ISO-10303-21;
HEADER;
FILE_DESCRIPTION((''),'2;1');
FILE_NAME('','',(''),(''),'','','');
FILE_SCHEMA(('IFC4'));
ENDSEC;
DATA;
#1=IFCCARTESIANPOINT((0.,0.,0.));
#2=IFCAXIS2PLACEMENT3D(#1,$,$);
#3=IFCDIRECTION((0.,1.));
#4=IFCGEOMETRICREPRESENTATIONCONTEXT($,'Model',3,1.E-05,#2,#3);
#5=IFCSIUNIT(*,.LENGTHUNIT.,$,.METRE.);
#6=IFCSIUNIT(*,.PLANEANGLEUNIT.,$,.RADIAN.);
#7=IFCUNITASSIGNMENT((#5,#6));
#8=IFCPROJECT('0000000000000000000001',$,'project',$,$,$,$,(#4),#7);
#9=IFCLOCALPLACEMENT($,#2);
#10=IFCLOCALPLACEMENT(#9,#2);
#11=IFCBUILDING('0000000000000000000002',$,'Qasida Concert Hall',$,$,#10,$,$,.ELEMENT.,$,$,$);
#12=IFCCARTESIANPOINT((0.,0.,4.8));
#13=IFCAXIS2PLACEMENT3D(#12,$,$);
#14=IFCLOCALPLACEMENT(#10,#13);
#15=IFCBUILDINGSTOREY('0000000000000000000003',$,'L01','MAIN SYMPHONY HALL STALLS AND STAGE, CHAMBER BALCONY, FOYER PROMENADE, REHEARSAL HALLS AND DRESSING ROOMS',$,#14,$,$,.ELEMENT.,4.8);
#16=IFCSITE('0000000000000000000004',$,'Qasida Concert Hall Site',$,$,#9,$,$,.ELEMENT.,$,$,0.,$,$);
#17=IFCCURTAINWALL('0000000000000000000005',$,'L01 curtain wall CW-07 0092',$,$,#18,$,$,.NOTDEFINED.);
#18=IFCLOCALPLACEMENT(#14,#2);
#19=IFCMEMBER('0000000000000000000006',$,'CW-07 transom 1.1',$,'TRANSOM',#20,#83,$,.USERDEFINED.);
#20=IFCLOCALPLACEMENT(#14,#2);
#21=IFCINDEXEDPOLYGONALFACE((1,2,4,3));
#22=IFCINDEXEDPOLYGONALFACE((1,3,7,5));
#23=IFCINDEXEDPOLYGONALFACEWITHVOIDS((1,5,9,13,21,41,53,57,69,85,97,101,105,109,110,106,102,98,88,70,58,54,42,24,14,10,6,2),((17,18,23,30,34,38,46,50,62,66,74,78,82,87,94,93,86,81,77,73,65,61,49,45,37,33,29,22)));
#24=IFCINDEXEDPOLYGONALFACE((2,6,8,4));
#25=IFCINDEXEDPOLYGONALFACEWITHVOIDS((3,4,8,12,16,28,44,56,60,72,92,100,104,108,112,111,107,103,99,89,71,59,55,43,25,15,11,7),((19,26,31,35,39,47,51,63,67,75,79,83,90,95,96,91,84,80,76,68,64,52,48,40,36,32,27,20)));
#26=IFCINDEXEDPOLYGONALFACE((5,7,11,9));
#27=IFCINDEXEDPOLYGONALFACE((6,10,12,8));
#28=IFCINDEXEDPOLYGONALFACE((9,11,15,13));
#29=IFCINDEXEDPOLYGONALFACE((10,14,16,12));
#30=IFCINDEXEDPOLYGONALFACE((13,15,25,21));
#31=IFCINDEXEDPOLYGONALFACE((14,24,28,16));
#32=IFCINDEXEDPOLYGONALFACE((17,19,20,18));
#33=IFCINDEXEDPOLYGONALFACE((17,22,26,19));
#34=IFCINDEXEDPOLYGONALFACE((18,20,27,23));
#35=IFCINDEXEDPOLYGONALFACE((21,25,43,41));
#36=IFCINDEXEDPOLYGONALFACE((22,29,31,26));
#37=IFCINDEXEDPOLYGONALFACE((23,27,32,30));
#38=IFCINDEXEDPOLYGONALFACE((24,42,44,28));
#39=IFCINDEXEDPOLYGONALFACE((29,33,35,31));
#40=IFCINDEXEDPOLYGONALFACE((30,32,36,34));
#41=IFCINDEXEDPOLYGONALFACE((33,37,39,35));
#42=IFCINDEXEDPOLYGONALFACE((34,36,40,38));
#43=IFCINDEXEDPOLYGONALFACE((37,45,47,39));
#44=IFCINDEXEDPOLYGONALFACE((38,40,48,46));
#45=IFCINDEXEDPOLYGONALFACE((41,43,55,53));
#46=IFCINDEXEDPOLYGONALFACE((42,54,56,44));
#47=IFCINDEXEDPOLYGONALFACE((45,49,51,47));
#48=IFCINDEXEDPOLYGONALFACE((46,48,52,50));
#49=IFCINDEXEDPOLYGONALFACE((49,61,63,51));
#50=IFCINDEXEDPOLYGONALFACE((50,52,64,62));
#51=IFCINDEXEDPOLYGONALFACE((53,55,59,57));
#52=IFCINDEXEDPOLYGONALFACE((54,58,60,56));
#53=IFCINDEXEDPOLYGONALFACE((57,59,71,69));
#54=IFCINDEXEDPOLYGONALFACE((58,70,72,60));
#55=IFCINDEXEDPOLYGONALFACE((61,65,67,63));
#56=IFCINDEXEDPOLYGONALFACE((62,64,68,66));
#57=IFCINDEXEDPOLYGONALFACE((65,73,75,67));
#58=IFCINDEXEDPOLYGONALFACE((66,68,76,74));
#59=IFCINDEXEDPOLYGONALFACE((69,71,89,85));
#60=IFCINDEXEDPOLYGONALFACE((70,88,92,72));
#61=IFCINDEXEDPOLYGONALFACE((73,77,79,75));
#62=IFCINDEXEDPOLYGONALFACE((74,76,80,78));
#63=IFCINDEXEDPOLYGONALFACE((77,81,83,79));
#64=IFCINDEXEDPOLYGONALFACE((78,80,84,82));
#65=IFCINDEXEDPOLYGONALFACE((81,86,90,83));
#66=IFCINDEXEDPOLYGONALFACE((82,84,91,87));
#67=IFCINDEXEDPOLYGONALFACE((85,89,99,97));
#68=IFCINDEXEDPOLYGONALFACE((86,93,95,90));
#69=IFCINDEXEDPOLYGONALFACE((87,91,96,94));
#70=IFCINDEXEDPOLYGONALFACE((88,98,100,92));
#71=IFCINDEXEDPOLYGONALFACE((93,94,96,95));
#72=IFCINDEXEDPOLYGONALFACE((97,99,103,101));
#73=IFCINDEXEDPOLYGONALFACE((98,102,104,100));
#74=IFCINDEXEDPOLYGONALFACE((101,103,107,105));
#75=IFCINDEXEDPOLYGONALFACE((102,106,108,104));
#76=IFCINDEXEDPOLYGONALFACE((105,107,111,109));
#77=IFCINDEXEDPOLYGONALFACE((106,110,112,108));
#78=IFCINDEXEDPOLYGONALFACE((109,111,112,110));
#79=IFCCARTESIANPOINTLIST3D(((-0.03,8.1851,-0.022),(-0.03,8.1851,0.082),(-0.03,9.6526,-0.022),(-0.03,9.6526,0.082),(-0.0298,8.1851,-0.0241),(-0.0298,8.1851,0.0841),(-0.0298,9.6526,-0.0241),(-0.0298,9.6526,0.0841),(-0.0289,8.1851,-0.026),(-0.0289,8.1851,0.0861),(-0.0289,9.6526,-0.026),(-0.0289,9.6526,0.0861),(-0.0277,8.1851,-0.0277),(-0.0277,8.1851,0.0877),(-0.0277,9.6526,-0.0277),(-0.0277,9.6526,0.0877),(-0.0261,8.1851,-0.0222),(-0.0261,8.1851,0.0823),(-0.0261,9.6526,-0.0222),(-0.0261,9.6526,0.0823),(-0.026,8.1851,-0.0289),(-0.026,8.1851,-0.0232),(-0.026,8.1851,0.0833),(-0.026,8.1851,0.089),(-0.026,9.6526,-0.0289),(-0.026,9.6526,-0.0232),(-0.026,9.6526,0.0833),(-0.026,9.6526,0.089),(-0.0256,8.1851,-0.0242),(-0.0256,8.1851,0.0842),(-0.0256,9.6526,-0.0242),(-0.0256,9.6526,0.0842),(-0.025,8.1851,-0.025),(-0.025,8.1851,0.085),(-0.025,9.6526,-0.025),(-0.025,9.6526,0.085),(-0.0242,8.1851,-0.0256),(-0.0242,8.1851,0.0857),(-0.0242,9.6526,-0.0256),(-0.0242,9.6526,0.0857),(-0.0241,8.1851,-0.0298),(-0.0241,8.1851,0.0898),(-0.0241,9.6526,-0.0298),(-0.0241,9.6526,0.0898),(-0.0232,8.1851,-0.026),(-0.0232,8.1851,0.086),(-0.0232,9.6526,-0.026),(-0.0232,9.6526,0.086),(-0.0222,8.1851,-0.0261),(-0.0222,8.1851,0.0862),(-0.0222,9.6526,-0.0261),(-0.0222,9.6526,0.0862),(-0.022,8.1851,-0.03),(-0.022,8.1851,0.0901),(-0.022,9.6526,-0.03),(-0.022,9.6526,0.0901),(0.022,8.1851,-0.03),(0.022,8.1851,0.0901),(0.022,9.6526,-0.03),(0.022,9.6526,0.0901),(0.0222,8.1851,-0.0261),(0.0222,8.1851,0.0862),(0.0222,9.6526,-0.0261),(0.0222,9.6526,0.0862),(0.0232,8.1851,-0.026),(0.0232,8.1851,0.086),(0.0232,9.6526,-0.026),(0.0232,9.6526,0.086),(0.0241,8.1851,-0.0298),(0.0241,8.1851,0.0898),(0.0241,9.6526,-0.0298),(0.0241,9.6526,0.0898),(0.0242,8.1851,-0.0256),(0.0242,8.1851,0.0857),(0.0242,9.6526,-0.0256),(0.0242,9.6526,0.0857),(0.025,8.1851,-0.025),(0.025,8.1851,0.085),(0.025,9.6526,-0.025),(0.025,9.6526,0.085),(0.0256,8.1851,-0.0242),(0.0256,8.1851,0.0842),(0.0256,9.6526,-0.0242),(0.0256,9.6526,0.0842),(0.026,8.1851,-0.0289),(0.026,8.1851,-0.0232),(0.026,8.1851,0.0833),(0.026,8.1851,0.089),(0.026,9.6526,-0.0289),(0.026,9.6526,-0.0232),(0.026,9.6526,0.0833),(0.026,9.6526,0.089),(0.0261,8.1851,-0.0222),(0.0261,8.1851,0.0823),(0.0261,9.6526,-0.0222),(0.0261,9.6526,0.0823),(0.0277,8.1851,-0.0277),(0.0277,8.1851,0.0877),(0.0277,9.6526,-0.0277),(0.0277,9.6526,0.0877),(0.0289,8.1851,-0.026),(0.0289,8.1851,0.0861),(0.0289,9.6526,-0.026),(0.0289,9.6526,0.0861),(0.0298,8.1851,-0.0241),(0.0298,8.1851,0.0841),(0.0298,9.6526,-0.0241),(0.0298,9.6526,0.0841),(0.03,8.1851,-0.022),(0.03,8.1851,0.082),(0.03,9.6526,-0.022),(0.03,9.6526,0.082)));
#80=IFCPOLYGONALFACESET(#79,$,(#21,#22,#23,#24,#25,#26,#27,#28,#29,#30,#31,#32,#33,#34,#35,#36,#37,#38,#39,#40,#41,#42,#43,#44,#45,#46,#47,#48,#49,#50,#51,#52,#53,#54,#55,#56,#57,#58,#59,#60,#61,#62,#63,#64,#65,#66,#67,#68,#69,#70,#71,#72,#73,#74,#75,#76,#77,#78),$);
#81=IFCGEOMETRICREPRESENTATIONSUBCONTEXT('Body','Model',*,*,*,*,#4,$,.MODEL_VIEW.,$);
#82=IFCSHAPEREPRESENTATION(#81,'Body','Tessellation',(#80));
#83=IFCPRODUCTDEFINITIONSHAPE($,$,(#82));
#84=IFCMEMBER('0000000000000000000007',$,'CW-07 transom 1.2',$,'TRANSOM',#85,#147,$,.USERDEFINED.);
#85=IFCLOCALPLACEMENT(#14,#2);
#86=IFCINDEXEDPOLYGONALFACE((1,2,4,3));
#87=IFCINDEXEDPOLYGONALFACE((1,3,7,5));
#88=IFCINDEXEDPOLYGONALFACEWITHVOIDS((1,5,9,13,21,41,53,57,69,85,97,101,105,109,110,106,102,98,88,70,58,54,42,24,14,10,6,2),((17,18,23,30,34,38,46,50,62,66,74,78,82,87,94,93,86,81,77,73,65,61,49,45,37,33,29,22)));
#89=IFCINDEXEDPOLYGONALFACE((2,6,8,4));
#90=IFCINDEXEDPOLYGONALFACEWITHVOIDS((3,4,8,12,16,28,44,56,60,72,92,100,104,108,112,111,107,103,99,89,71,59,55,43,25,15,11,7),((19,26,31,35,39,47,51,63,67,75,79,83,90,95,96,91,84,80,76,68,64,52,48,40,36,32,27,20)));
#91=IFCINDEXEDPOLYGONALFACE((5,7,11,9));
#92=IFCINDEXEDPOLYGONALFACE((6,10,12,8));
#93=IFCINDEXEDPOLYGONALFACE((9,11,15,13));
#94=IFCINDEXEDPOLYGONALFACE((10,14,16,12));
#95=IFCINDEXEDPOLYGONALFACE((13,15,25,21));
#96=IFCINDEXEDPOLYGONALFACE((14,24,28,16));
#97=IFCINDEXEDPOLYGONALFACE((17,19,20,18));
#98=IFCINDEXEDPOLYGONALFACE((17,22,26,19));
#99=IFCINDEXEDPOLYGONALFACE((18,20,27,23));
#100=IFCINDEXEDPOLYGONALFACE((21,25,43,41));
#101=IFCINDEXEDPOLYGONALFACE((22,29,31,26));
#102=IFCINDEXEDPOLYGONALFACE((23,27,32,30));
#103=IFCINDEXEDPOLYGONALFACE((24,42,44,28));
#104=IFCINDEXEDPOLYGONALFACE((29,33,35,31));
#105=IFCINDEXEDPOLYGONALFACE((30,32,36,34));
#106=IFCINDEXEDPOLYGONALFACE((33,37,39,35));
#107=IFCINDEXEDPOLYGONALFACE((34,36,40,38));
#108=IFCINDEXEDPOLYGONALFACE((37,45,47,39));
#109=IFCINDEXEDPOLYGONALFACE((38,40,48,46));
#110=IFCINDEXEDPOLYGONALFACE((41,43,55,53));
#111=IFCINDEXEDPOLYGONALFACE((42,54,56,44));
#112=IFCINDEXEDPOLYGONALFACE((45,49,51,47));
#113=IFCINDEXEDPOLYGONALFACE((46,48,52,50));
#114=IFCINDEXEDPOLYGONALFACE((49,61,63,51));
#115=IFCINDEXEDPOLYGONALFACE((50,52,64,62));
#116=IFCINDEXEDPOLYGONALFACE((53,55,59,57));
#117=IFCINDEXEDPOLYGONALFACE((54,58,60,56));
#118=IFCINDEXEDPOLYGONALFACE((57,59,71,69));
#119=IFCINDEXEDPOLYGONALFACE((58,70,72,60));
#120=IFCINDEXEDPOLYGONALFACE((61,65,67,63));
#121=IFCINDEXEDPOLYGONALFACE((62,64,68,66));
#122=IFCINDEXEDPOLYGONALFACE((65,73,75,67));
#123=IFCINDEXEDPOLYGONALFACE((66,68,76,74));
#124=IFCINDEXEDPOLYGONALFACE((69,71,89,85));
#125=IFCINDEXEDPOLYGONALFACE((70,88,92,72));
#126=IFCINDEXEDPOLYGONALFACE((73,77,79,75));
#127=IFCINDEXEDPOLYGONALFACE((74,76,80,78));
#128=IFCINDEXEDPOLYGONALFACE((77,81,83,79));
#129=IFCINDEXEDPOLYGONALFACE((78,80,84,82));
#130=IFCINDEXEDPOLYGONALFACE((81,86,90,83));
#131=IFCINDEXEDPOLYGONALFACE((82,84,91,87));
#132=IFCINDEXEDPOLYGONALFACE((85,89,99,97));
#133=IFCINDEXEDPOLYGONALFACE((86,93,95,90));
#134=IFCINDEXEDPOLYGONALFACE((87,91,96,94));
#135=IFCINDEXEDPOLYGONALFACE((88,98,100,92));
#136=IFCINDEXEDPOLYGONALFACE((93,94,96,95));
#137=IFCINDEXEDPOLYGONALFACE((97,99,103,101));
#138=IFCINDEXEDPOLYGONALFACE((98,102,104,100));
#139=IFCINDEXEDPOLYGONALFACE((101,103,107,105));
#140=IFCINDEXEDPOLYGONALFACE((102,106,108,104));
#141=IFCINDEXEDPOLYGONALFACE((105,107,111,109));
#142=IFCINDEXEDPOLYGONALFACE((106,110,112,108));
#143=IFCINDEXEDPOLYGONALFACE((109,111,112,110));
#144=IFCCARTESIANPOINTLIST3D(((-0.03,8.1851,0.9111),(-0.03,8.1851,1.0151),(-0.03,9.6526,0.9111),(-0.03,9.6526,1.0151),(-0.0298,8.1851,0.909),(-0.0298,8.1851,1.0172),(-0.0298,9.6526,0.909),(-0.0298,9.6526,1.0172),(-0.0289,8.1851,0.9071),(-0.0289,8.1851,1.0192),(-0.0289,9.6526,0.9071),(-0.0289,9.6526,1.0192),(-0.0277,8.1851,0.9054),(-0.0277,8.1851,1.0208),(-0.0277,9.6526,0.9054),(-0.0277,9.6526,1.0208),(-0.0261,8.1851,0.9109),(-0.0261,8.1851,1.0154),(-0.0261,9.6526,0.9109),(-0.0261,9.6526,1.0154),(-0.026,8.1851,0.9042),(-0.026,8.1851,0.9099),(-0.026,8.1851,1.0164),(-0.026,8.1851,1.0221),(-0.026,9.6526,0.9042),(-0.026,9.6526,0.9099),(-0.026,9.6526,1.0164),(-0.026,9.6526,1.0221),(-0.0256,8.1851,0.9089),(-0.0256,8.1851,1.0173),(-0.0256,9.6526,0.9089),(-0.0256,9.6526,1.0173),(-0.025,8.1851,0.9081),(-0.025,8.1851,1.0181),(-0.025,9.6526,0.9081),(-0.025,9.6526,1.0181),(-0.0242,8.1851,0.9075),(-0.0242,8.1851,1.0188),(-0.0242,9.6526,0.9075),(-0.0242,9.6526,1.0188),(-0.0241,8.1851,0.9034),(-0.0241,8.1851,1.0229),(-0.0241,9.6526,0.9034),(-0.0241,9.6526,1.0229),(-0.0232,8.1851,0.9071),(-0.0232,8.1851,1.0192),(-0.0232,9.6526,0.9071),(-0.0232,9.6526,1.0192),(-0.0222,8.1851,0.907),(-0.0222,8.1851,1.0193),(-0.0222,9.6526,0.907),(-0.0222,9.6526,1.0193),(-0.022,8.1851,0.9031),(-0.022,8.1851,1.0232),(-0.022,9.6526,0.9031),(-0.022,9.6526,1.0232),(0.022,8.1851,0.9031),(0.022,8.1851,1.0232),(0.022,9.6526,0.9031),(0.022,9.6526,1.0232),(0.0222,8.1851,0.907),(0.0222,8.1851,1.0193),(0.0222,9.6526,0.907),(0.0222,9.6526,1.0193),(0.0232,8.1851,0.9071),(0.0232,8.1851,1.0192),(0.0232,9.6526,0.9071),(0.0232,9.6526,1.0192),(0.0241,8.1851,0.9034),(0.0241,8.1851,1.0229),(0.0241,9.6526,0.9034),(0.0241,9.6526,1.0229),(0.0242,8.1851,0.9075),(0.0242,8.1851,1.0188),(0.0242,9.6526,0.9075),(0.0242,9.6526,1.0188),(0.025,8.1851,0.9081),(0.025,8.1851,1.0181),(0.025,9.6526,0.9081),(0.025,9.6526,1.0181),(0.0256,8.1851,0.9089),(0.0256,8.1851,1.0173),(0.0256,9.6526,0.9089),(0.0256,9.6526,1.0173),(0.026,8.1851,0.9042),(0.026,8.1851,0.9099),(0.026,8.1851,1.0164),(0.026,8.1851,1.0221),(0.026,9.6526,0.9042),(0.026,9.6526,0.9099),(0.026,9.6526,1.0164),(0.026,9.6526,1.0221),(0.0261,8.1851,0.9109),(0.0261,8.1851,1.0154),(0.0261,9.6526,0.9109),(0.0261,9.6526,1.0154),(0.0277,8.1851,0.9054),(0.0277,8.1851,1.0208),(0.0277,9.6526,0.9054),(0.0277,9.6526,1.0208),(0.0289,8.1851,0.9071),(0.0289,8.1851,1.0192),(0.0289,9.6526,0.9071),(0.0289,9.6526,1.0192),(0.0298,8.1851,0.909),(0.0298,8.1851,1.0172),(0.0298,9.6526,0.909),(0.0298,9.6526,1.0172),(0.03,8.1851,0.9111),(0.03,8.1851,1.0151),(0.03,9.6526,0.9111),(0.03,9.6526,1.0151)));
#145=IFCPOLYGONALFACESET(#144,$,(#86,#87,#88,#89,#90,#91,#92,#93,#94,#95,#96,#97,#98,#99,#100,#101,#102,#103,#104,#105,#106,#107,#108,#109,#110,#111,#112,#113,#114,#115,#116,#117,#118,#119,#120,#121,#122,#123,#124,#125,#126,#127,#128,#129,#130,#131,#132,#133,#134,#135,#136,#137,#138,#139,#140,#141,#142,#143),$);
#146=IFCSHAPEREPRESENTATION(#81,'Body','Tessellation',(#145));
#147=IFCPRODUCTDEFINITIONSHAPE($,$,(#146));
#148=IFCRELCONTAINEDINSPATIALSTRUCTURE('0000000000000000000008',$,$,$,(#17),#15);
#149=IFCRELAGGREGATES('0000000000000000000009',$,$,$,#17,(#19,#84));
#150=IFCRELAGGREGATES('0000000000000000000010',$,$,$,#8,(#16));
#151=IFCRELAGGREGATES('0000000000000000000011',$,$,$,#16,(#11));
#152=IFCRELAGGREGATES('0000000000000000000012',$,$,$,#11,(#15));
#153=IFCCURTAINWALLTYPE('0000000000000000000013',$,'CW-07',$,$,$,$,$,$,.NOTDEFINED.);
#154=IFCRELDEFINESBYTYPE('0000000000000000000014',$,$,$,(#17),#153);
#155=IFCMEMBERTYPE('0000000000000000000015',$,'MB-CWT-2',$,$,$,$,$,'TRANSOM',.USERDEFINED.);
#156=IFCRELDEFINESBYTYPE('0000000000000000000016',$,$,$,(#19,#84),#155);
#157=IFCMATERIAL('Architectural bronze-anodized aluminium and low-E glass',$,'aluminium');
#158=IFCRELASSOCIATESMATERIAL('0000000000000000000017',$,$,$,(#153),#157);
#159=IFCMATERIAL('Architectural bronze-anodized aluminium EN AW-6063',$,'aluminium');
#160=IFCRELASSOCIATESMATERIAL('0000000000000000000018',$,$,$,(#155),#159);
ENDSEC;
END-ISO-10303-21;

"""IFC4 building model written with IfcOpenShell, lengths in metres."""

from ifc_helpers import new_model, si_unit, direction, frame, origin, origin_2d, place, context, subcontext, project, spatial, hollow_rectangle, extrude, material, material_profile, profile_set, type_object, element, aggregate, save


model = new_model("IFC4")

# Units and contexts
model_context = context("Model", 3, precision=1e-05, world=origin(), true_north=direction((0.0, 1.0)))
body_context = subcontext(model_context, "Body", "Model", "MODEL_VIEW")
ifc_project = project(units=[si_unit("LENGTHUNIT", "METRE"), si_unit("PLANEANGLEUNIT", "RADIAN")], contexts=[model_context])

# Site, building, storey
site_placement = place(None, origin())
site = spatial("IfcSite", under=ifc_project, at=site_placement, Name="Qasida Concert Hall Site", CompositionType="ELEMENT", RefElevation=0.0)
building_placement = place(site_placement, origin())
building = spatial("IfcBuilding", under=site, at=building_placement, Name="Qasida Concert Hall", CompositionType="ELEMENT")
storey_placement = place(building_placement, frame((0.0, 0.0, 4.8)))
storey = spatial("IfcBuildingStorey", under=building, at=storey_placement, Name="L01", Description="MAIN SYMPHONY HALL STALLS AND STAGE, CHAMBER BALCONY, FOYER PROMENADE, REHEARSAL HALLS AND DRESSING ROOMS", CompositionType="ELEMENT", Elevation=4.8)

# Curtain wall, members
ifc_material_1 = material(Name="Architectural bronze-anodized aluminium and low-E glass", Category="aluminium")
curtain_wall_type = type_object("IfcCurtainWallType", Name="CW-07", PredefinedType="NOTDEFINED", material=ifc_material_1)
curtain_wall_placement = place(storey_placement, origin())
curtain_wall = element("IfcCurtainWall", 1, at=curtain_wall_placement, inside=storey, type_object=curtain_wall_type, Name="L01 curtain wall CW-07 0092", PredefinedType="NOTDEFINED")
ifc_material_2 = material(Name="Architectural bronze-anodized aluminium EN AW-6063", Category="aluminium")
ifc_material_profile_1 = material_profile(ifc_material_2, hollow_rectangle(XDim=0.0601, YDim=0.1201, WallThickness=0.0039, InnerFilletRadius=0.0039, OuterFilletRadius=0.0081, at=origin_2d()), Name="CWT 120x60x4")
ifc_profile_set_1 = profile_set([ifc_material_profile_1], Name="Architectural bronze-anodized aluminium EN AW-6063")
member_type_1 = type_object("IfcMemberType", Name="MB-CWT-2", ElementType="TRANSOM", PredefinedType="USERDEFINED", material=ifc_profile_set_1)
member_1_placement = place(storey_placement, frame((0.0, 8.1851, 0.03), z_axis=(0.0, 1.0, 0.0), x_axis=(-1.0, 0.0, 0.0)))
member_1 = element("IfcMember", 2, at=member_1_placement, type_object=member_type_1, Name="CW-07 transom 1.1", ObjectType="TRANSOM", PredefinedType="USERDEFINED", context=body_context, shape_type="SweptSolid", body=[
    extrude(hollow_rectangle(XDim=0.0601, YDim=0.1201, WallThickness=0.0039, InnerFilletRadius=0.0039, OuterFilletRadius=0.0081, at=origin_2d()), origin(), (0.0, 0.0, 1.0), 1.4675),
])
member_2_placement = place(storey_placement, frame((0.0, 8.1851, 0.9631), z_axis=(0.0, 1.0, 0.0), x_axis=(-1.0, 0.0, 0.0)))
member_2 = element("IfcMember", 3, at=member_2_placement, type_object=member_type_1, Name="CW-07 transom 1.2", ObjectType="TRANSOM", PredefinedType="USERDEFINED", context=body_context, shape_type="SweptSolid", body=[
    extrude(hollow_rectangle(XDim=0.0601, YDim=0.1201, WallThickness=0.0039, InnerFilletRadius=0.0039, OuterFilletRadius=0.0081, at=origin_2d()), origin(), (0.0, 0.0, 1.0), 1.4675),
])
aggregate(curtain_wall, [member_1, member_2])

save(model, "model.ifc")
